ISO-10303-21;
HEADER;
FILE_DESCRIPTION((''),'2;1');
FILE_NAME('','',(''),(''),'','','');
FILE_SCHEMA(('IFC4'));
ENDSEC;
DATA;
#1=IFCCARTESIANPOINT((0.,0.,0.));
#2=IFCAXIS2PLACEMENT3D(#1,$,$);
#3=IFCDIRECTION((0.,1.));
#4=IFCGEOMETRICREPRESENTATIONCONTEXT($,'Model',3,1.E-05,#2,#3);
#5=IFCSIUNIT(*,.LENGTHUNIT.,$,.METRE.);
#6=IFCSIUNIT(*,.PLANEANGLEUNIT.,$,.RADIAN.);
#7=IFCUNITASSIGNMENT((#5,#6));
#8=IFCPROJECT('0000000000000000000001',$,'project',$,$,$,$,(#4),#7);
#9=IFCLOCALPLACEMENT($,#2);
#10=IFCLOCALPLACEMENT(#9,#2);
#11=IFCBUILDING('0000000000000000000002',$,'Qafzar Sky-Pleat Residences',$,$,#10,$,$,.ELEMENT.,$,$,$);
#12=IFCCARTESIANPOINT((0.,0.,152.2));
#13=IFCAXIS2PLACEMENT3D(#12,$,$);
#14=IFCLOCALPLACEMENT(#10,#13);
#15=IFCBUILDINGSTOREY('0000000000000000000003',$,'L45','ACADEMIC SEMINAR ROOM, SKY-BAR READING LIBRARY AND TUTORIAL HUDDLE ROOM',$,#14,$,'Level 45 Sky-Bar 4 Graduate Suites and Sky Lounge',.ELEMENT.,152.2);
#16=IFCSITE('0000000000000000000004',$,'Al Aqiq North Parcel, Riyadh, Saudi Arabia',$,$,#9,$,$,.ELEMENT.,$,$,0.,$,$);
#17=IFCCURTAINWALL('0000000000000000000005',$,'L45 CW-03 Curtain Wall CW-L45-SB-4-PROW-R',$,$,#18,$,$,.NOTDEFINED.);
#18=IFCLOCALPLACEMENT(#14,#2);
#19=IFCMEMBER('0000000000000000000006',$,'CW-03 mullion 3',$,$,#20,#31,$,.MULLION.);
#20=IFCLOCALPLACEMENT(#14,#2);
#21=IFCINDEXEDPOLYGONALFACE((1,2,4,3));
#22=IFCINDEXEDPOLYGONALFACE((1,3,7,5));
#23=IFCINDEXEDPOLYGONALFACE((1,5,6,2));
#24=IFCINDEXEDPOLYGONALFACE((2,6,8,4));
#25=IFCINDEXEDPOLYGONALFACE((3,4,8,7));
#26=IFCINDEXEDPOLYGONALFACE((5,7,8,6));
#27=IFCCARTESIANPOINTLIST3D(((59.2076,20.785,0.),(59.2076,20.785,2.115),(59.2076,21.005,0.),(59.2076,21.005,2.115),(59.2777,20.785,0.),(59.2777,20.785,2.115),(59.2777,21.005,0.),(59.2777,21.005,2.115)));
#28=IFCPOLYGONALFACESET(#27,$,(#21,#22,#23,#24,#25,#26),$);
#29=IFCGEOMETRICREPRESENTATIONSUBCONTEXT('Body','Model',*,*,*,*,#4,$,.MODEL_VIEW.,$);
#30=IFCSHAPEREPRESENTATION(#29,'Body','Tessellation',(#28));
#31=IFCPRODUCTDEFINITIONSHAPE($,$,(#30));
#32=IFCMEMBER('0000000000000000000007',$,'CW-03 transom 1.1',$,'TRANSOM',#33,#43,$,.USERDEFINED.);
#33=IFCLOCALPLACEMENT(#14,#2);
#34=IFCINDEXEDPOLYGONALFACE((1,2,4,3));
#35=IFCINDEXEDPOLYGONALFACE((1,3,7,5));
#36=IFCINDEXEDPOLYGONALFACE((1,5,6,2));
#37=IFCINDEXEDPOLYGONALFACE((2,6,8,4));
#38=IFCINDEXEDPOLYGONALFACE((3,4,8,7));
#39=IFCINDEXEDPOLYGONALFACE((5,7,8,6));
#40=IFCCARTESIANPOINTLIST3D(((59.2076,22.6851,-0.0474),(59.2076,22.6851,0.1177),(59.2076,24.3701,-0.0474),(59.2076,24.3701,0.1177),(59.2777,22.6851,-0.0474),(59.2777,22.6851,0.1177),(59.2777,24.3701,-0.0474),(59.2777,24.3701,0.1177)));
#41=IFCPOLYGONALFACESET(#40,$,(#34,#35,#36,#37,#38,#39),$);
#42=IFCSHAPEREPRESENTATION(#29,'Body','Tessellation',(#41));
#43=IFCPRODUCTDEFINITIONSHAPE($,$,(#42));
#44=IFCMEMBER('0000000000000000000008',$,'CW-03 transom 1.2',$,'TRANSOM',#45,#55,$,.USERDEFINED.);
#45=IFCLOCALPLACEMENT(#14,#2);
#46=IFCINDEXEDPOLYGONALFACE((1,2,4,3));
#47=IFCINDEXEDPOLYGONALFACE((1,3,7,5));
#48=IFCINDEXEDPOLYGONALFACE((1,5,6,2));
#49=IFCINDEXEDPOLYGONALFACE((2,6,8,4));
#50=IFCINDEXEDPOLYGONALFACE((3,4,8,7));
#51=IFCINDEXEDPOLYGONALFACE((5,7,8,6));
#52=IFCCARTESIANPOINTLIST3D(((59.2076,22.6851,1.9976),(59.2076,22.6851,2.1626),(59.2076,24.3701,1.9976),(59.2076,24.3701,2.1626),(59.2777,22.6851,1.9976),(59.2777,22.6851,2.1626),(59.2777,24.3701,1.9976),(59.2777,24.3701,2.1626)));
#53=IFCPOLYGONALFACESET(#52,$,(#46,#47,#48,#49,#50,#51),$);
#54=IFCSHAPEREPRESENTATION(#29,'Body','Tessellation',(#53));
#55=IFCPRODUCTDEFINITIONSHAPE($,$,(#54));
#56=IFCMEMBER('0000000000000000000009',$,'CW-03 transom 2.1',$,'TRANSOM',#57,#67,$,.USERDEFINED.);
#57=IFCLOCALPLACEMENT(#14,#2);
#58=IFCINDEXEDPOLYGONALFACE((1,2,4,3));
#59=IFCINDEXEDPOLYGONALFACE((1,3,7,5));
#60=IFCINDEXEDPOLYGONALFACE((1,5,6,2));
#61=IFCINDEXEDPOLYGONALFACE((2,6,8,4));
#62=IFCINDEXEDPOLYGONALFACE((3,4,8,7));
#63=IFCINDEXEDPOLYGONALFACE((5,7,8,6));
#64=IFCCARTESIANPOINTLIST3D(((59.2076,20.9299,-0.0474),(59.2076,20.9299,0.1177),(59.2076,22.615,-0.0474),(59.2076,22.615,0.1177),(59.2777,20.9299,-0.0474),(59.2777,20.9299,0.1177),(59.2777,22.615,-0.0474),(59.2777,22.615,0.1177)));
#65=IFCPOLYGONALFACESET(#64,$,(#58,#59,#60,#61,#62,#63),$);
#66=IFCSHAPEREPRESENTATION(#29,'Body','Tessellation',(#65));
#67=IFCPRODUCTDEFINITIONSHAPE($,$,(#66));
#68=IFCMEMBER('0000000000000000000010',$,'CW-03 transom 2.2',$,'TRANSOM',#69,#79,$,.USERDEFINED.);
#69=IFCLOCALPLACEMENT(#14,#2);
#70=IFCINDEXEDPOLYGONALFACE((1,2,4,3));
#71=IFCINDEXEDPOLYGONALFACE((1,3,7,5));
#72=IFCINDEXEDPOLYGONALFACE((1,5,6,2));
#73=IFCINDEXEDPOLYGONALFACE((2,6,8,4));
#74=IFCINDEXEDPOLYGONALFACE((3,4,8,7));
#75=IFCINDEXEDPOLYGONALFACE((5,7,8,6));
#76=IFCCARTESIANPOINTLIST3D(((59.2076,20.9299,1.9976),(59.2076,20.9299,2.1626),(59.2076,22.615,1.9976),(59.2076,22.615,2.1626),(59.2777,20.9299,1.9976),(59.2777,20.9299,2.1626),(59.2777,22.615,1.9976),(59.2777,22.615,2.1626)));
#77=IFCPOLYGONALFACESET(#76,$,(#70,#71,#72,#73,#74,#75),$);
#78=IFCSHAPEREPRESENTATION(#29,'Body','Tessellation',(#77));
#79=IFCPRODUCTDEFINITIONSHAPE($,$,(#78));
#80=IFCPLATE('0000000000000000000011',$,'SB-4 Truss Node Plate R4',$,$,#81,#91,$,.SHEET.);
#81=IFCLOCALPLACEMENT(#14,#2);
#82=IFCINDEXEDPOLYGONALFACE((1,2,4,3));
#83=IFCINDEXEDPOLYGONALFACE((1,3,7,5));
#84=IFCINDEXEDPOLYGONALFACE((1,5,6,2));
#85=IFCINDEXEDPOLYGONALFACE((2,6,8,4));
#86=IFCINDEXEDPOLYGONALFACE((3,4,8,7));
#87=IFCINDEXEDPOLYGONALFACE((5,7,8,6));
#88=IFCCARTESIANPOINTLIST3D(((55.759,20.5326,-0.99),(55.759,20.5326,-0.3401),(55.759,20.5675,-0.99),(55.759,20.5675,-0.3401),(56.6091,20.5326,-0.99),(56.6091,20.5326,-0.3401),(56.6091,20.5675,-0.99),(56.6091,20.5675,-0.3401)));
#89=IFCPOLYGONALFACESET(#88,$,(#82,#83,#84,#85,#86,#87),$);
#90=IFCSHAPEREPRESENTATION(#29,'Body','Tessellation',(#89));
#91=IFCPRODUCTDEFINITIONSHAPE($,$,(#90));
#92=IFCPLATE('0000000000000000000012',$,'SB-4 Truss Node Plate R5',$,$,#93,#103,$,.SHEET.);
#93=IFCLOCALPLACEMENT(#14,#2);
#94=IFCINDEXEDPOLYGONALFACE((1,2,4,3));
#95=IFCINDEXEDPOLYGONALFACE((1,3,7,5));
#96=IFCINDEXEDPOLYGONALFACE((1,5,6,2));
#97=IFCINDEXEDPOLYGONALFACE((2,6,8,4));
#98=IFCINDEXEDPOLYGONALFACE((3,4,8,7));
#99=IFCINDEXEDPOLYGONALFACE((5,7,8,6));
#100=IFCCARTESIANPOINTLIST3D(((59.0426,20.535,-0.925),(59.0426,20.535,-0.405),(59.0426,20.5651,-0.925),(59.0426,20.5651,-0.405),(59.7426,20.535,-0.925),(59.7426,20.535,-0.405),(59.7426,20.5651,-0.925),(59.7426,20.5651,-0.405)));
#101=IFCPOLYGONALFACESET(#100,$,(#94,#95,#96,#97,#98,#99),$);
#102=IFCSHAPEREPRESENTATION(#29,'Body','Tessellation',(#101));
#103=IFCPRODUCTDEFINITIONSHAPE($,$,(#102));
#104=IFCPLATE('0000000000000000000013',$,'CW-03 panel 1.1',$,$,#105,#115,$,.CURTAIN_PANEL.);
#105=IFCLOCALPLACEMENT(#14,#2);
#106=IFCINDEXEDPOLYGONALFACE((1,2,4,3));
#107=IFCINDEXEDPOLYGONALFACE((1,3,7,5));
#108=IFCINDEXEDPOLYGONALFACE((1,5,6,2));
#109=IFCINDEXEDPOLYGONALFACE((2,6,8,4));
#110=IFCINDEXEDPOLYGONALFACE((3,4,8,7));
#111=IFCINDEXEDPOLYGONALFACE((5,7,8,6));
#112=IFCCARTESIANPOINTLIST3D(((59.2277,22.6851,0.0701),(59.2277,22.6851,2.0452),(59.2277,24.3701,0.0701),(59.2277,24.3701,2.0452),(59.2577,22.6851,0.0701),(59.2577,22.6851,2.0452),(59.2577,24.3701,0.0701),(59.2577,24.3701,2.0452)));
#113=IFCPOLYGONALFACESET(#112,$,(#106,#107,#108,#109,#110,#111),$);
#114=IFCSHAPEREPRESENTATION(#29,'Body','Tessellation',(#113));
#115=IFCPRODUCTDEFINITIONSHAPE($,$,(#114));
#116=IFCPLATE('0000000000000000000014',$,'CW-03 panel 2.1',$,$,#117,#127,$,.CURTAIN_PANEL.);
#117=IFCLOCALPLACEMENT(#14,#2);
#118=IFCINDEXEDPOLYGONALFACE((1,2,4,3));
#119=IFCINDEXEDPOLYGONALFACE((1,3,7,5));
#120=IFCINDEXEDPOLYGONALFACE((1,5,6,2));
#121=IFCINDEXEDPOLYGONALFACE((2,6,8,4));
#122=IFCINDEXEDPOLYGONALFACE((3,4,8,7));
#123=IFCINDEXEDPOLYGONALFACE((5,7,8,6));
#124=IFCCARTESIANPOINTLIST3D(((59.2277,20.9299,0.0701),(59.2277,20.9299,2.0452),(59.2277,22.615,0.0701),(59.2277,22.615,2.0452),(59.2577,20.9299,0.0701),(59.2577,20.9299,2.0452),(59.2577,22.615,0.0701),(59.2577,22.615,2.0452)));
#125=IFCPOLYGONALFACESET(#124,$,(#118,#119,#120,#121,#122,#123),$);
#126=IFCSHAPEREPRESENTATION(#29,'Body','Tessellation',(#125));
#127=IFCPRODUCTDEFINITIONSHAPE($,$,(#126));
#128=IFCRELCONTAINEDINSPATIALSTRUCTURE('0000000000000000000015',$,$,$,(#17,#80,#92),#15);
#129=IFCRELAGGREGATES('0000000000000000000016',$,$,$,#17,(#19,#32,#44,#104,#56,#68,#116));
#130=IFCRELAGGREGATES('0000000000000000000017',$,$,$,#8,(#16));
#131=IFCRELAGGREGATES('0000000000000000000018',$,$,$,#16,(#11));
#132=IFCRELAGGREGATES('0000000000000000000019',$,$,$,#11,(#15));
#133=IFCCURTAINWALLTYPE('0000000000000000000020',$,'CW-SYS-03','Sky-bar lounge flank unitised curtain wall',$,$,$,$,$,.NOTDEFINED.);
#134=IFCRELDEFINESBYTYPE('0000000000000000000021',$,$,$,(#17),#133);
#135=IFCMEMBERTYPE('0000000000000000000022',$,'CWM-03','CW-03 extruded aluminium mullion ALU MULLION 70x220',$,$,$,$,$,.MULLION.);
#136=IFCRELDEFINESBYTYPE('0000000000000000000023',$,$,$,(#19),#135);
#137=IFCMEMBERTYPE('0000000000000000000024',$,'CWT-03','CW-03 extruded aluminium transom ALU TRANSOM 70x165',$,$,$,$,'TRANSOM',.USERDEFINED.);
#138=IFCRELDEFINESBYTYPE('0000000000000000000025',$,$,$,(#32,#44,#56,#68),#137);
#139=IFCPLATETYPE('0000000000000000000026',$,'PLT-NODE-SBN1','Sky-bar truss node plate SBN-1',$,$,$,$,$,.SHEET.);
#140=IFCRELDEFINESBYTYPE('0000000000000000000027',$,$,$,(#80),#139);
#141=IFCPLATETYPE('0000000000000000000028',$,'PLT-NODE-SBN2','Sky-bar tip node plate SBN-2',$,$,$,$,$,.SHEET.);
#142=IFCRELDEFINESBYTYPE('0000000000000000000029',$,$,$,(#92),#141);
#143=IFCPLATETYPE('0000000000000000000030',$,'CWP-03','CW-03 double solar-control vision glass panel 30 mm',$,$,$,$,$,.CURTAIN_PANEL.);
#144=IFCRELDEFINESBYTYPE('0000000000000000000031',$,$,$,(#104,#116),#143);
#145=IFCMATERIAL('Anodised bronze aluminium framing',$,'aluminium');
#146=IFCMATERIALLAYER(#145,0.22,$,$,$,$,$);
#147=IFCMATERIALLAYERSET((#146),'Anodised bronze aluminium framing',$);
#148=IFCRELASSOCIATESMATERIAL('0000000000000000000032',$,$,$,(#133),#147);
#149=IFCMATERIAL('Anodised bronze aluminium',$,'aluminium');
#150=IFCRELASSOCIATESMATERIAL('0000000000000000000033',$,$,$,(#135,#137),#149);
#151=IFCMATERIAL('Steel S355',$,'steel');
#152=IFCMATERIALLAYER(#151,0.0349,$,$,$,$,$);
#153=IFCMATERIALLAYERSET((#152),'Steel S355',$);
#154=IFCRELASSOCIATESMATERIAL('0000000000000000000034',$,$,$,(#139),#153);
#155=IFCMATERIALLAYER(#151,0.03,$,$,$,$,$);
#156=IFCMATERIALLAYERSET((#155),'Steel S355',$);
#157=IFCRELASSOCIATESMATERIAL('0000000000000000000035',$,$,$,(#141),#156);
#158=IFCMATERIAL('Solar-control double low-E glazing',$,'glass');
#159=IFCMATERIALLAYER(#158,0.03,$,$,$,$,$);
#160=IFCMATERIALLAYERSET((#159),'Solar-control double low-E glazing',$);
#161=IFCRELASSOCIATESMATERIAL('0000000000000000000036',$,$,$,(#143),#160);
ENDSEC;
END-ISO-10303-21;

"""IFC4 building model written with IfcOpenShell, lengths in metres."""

from ifc_helpers import new_model, si_unit, direction, frame, origin, origin_2d, place, context, subcontext, project, spatial, rectangle, extrude, source, transform, mapped, material, layer, layer_set, material_profile, profile_set, type_object, element, aggregate, save


model = new_model("IFC4")

# Units and contexts
model_context = context("Model", 3, precision=1e-05, world=origin(), true_north=direction((0.0, 1.0)))
body_context = subcontext(model_context, "Body", "Model", "MODEL_VIEW")
ifc_project = project(units=[si_unit("LENGTHUNIT", "METRE"), si_unit("PLANEANGLEUNIT", "RADIAN")], contexts=[model_context])

# Site, building, storey
site_placement = place(None, origin())
site = spatial("IfcSite", under=ifc_project, at=site_placement, Name="Al Aqiq North Parcel, Riyadh, Saudi Arabia", CompositionType="ELEMENT", RefElevation=0.0)
building_placement = place(site_placement, origin())
building = spatial("IfcBuilding", under=site, at=building_placement, Name="Qafzar Sky-Pleat Residences", CompositionType="ELEMENT")
storey_placement = place(building_placement, frame((0.0, 0.0, 152.2)))
storey = spatial("IfcBuildingStorey", under=building, at=storey_placement, Name="L45", Description="ACADEMIC SEMINAR ROOM, SKY-BAR READING LIBRARY AND TUTORIAL HUDDLE ROOM", LongName="Level 45 Sky-Bar 4 Graduate Suites and Sky Lounge", CompositionType="ELEMENT", Elevation=152.2)

# Shared definitions
ifc_material_1 = material(Name="Steel S355", Category="steel")

# Shared definitions
ifc_material_2 = material(Name="Anodised bronze aluminium framing", Category="aluminium")
ifc_material_3 = material(Name="Anodised bronze aluminium", Category="aluminium")

# Curtain wall, members
ifc_layer_1 = layer(ifc_material_2, 0.22)
ifc_layer_set_1 = layer_set([ifc_layer_1], Name="Anodised bronze aluminium framing")
curtain_wall_type_1 = type_object("IfcCurtainWallType", Name="CW-SYS-03", Description="Sky-bar lounge flank unitised curtain wall", PredefinedType="NOTDEFINED", material=ifc_layer_set_1)
curtain_wall_1_placement = place(storey_placement, origin())
curtain_wall_1 = element("IfcCurtainWall", 1, at=curtain_wall_1_placement, inside=storey, type_object=curtain_wall_type_1, Name="L45 CW-03 Curtain Wall CW-L45-SB-4-PROW-R", PredefinedType="NOTDEFINED")
ifc_material_profile_1 = material_profile(ifc_material_3, rectangle(XDim=0.0701, YDim=0.22, at=origin_2d()), Name="ALU MULLION 70x220")
ifc_profile_set_1 = profile_set([ifc_material_profile_1], Name="Anodised bronze aluminium")
member_type_1 = type_object("IfcMemberType", Name="CWM-03", Description="CW-03 extruded aluminium mullion ALU MULLION 70x220", PredefinedType="MULLION", material=ifc_profile_set_1)
shared_shape_1 = source(origin(), body_context, "Body", "SweptSolid", [
    extrude(rectangle(XDim=0.0701, YDim=0.22, at=origin_2d()), origin(), (0.0, 0.0, 1.0), 2.115),
])
member_1_placement = place(storey_placement, frame((59.2427, 20.895, 0.0), z_axis=(0.0, 0.0, 1.0), x_axis=(1.0, 0.0, 0.0)))
member_1 = element("IfcMember", 2, at=member_1_placement, type_object=member_type_1, Name="CW-03 mullion 3", PredefinedType="MULLION", context=body_context, shape_type="MappedRepresentation", body=[
    mapped(shared_shape_1, transform((0.0, 0.0, 0.0), x_axis=(1.0, 0.0, 0.0), y_axis=(0.0, 1.0, 0.0), z_axis=(0.0, 0.0, 1.0), scale=1.0)),
])
ifc_material_profile_2 = material_profile(ifc_material_3, rectangle(XDim=0.0701, YDim=0.165, at=origin_2d()), Name="ALU TRANSOM 70x165")
ifc_profile_set_2 = profile_set([ifc_material_profile_2], Name="Anodised bronze aluminium")
member_type_2 = type_object("IfcMemberType", Name="CWT-03", Description="CW-03 extruded aluminium transom ALU TRANSOM 70x165", ElementType="TRANSOM", PredefinedType="USERDEFINED", material=ifc_profile_set_2)
shared_shape_2 = source(origin(), body_context, "Body", "SweptSolid", [
    extrude(rectangle(XDim=0.0701, YDim=0.165, at=origin_2d()), origin(), (0.0, 0.0, 1.0), 1.6851),
])
member_2_placement = place(storey_placement, frame((59.2427, 24.3701, 0.0352), z_axis=(0.0, -1.0, 0.0), x_axis=(1.0, 0.0, 0.0)))
member_2 = element("IfcMember", 3, at=member_2_placement, type_object=member_type_2, Name="CW-03 transom 1.1", ObjectType="TRANSOM", PredefinedType="USERDEFINED", context=body_context, shape_type="MappedRepresentation", body=[
    mapped(shared_shape_2, transform((0.0, 0.0, 0.0), x_axis=(1.0, 0.0, 0.0), y_axis=(0.0, 1.0, 0.0), z_axis=(0.0, 0.0, 1.0), scale=1.0)),
])
member_3_placement = place(storey_placement, frame((59.2427, 24.3701, 2.0801), z_axis=(0.0, -1.0, 0.0), x_axis=(1.0, 0.0, 0.0)))
member_3 = element("IfcMember", 4, at=member_3_placement, type_object=member_type_2, Name="CW-03 transom 1.2", ObjectType="TRANSOM", PredefinedType="USERDEFINED", context=body_context, shape_type="MappedRepresentation", body=[
    mapped(shared_shape_2, transform((0.0, 0.0, 0.0), x_axis=(1.0, 0.0, 0.0), y_axis=(0.0, 1.0, 0.0), z_axis=(0.0, 0.0, 1.0), scale=1.0)),
])
member_4_placement = place(storey_placement, frame((59.2427, 22.615, 0.0352), z_axis=(0.0, -1.0, 0.0), x_axis=(1.0, 0.0, 0.0)))
member_4 = element("IfcMember", 5, at=member_4_placement, type_object=member_type_2, Name="CW-03 transom 2.1", ObjectType="TRANSOM", PredefinedType="USERDEFINED", context=body_context, shape_type="MappedRepresentation", body=[
    mapped(shared_shape_2, transform((0.0, 0.0, 0.0), x_axis=(1.0, 0.0, 0.0), y_axis=(0.0, 1.0, 0.0), z_axis=(0.0, 0.0, 1.0), scale=1.0)),
])
member_5_placement = place(storey_placement, frame((59.2427, 22.615, 2.0801), z_axis=(0.0, -1.0, 0.0), x_axis=(1.0, 0.0, 0.0)))
member_5 = element("IfcMember", 6, at=member_5_placement, type_object=member_type_2, Name="CW-03 transom 2.2", ObjectType="TRANSOM", PredefinedType="USERDEFINED", context=body_context, shape_type="MappedRepresentation", body=[
    mapped(shared_shape_2, transform((0.0, 0.0, 0.0), x_axis=(1.0, 0.0, 0.0), y_axis=(0.0, 1.0, 0.0), z_axis=(0.0, 0.0, 1.0), scale=1.0)),
])

# Plates
ifc_layer_2 = layer(ifc_material_1, 0.0349)
ifc_layer_set_2 = layer_set([ifc_layer_2], Name="Steel S355")
plate_type_1 = type_object("IfcPlateType", Name="PLT-NODE-SBN1", Description="Sky-bar truss node plate SBN-1", PredefinedType="SHEET", material=ifc_layer_set_2)
shared_shape_3 = source(origin(), body_context, "Body", "SweptSolid", [
    extrude(rectangle(XDim=0.8501, YDim=0.0349, at=origin_2d()), origin(), (0.0, 0.0, 1.0), 0.6499),
])
plate_1_placement = place(storey_placement, frame((56.1841, 20.55, -0.99), z_axis=(0.0, 0.0, 1.0), x_axis=(1.0, 0.0, 0.0)))
element("IfcPlate", 7, at=plate_1_placement, inside=storey, type_object=plate_type_1, Name="SB-4 Truss Node Plate R4", PredefinedType="SHEET", context=body_context, shape_type="MappedRepresentation", body=[
    mapped(shared_shape_3, transform((0.0, 0.0, 0.0), x_axis=(1.0, 0.0, 0.0), y_axis=(0.0, 1.0, 0.0), z_axis=(0.0, 0.0, 1.0), scale=1.0)),
])
ifc_layer_3 = layer(ifc_material_1, 0.03)
ifc_layer_set_3 = layer_set([ifc_layer_3], Name="Steel S355")
plate_type_2 = type_object("IfcPlateType", Name="PLT-NODE-SBN2", Description="Sky-bar tip node plate SBN-2", PredefinedType="SHEET", material=ifc_layer_set_3)
shared_shape_4 = source(origin(), body_context, "Body", "SweptSolid", [
    extrude(rectangle(XDim=0.7, YDim=0.03, at=origin_2d()), origin(), (0.0, 0.0, 1.0), 0.52),
])
plate_2_placement = place(storey_placement, frame((59.3926, 20.55, -0.925), z_axis=(0.0, 0.0, 1.0), x_axis=(1.0, 0.0, 0.0)))
element("IfcPlate", 8, at=plate_2_placement, inside=storey, type_object=plate_type_2, Name="SB-4 Truss Node Plate R5", PredefinedType="SHEET", context=body_context, shape_type="MappedRepresentation", body=[
    mapped(shared_shape_4, transform((0.0, 0.0, 0.0), x_axis=(1.0, 0.0, 0.0), y_axis=(0.0, 1.0, 0.0), z_axis=(0.0, 0.0, 1.0), scale=1.0)),
])

# Plates
ifc_material_4 = material(Name="Solar-control double low-E glazing", Category="glass")
ifc_layer_4 = layer(ifc_material_4, 0.03)
ifc_layer_set_4 = layer_set([ifc_layer_4], Name="Solar-control double low-E glazing")
plate_type_3 = type_object("IfcPlateType", Name="CWP-03", Description="CW-03 double solar-control vision glass panel 30 mm", PredefinedType="CURTAIN_PANEL", material=ifc_layer_set_4)
shared_shape_5 = source(origin(), body_context, "Body", "SweptSolid", [
    extrude(rectangle(XDim=1.6851, YDim=0.03, at=origin_2d()), origin(), (0.0, 0.0, 1.0), 1.9751),
])
plate_3_placement = place(storey_placement, frame((59.2427, 23.5276, 0.0701), z_axis=(0.0, 0.0, 1.0), x_axis=(0.0, -1.0, 0.0)))
plate_3 = element("IfcPlate", 9, at=plate_3_placement, type_object=plate_type_3, Name="CW-03 panel 1.1", PredefinedType="CURTAIN_PANEL", context=body_context, shape_type="MappedRepresentation", body=[
    mapped(shared_shape_5, transform((0.0, 0.0, 0.0), x_axis=(1.0, 0.0, 0.0), y_axis=(0.0, 1.0, 0.0), z_axis=(0.0, 0.0, 1.0), scale=1.0)),
])
plate_4_placement = place(storey_placement, frame((59.2427, 21.7725, 0.0701), z_axis=(0.0, 0.0, 1.0), x_axis=(0.0, -1.0, 0.0)))
plate_4 = element("IfcPlate", 10, at=plate_4_placement, type_object=plate_type_3, Name="CW-03 panel 2.1", PredefinedType="CURTAIN_PANEL", context=body_context, shape_type="MappedRepresentation", body=[
    mapped(shared_shape_5, transform((0.0, 0.0, 0.0), x_axis=(1.0, 0.0, 0.0), y_axis=(0.0, 1.0, 0.0), z_axis=(0.0, 0.0, 1.0), scale=1.0)),
])
aggregate(curtain_wall_1, [member_1, member_2, member_3, plate_3, member_4, member_5, plate_4])

save(model, "model.ifc")
